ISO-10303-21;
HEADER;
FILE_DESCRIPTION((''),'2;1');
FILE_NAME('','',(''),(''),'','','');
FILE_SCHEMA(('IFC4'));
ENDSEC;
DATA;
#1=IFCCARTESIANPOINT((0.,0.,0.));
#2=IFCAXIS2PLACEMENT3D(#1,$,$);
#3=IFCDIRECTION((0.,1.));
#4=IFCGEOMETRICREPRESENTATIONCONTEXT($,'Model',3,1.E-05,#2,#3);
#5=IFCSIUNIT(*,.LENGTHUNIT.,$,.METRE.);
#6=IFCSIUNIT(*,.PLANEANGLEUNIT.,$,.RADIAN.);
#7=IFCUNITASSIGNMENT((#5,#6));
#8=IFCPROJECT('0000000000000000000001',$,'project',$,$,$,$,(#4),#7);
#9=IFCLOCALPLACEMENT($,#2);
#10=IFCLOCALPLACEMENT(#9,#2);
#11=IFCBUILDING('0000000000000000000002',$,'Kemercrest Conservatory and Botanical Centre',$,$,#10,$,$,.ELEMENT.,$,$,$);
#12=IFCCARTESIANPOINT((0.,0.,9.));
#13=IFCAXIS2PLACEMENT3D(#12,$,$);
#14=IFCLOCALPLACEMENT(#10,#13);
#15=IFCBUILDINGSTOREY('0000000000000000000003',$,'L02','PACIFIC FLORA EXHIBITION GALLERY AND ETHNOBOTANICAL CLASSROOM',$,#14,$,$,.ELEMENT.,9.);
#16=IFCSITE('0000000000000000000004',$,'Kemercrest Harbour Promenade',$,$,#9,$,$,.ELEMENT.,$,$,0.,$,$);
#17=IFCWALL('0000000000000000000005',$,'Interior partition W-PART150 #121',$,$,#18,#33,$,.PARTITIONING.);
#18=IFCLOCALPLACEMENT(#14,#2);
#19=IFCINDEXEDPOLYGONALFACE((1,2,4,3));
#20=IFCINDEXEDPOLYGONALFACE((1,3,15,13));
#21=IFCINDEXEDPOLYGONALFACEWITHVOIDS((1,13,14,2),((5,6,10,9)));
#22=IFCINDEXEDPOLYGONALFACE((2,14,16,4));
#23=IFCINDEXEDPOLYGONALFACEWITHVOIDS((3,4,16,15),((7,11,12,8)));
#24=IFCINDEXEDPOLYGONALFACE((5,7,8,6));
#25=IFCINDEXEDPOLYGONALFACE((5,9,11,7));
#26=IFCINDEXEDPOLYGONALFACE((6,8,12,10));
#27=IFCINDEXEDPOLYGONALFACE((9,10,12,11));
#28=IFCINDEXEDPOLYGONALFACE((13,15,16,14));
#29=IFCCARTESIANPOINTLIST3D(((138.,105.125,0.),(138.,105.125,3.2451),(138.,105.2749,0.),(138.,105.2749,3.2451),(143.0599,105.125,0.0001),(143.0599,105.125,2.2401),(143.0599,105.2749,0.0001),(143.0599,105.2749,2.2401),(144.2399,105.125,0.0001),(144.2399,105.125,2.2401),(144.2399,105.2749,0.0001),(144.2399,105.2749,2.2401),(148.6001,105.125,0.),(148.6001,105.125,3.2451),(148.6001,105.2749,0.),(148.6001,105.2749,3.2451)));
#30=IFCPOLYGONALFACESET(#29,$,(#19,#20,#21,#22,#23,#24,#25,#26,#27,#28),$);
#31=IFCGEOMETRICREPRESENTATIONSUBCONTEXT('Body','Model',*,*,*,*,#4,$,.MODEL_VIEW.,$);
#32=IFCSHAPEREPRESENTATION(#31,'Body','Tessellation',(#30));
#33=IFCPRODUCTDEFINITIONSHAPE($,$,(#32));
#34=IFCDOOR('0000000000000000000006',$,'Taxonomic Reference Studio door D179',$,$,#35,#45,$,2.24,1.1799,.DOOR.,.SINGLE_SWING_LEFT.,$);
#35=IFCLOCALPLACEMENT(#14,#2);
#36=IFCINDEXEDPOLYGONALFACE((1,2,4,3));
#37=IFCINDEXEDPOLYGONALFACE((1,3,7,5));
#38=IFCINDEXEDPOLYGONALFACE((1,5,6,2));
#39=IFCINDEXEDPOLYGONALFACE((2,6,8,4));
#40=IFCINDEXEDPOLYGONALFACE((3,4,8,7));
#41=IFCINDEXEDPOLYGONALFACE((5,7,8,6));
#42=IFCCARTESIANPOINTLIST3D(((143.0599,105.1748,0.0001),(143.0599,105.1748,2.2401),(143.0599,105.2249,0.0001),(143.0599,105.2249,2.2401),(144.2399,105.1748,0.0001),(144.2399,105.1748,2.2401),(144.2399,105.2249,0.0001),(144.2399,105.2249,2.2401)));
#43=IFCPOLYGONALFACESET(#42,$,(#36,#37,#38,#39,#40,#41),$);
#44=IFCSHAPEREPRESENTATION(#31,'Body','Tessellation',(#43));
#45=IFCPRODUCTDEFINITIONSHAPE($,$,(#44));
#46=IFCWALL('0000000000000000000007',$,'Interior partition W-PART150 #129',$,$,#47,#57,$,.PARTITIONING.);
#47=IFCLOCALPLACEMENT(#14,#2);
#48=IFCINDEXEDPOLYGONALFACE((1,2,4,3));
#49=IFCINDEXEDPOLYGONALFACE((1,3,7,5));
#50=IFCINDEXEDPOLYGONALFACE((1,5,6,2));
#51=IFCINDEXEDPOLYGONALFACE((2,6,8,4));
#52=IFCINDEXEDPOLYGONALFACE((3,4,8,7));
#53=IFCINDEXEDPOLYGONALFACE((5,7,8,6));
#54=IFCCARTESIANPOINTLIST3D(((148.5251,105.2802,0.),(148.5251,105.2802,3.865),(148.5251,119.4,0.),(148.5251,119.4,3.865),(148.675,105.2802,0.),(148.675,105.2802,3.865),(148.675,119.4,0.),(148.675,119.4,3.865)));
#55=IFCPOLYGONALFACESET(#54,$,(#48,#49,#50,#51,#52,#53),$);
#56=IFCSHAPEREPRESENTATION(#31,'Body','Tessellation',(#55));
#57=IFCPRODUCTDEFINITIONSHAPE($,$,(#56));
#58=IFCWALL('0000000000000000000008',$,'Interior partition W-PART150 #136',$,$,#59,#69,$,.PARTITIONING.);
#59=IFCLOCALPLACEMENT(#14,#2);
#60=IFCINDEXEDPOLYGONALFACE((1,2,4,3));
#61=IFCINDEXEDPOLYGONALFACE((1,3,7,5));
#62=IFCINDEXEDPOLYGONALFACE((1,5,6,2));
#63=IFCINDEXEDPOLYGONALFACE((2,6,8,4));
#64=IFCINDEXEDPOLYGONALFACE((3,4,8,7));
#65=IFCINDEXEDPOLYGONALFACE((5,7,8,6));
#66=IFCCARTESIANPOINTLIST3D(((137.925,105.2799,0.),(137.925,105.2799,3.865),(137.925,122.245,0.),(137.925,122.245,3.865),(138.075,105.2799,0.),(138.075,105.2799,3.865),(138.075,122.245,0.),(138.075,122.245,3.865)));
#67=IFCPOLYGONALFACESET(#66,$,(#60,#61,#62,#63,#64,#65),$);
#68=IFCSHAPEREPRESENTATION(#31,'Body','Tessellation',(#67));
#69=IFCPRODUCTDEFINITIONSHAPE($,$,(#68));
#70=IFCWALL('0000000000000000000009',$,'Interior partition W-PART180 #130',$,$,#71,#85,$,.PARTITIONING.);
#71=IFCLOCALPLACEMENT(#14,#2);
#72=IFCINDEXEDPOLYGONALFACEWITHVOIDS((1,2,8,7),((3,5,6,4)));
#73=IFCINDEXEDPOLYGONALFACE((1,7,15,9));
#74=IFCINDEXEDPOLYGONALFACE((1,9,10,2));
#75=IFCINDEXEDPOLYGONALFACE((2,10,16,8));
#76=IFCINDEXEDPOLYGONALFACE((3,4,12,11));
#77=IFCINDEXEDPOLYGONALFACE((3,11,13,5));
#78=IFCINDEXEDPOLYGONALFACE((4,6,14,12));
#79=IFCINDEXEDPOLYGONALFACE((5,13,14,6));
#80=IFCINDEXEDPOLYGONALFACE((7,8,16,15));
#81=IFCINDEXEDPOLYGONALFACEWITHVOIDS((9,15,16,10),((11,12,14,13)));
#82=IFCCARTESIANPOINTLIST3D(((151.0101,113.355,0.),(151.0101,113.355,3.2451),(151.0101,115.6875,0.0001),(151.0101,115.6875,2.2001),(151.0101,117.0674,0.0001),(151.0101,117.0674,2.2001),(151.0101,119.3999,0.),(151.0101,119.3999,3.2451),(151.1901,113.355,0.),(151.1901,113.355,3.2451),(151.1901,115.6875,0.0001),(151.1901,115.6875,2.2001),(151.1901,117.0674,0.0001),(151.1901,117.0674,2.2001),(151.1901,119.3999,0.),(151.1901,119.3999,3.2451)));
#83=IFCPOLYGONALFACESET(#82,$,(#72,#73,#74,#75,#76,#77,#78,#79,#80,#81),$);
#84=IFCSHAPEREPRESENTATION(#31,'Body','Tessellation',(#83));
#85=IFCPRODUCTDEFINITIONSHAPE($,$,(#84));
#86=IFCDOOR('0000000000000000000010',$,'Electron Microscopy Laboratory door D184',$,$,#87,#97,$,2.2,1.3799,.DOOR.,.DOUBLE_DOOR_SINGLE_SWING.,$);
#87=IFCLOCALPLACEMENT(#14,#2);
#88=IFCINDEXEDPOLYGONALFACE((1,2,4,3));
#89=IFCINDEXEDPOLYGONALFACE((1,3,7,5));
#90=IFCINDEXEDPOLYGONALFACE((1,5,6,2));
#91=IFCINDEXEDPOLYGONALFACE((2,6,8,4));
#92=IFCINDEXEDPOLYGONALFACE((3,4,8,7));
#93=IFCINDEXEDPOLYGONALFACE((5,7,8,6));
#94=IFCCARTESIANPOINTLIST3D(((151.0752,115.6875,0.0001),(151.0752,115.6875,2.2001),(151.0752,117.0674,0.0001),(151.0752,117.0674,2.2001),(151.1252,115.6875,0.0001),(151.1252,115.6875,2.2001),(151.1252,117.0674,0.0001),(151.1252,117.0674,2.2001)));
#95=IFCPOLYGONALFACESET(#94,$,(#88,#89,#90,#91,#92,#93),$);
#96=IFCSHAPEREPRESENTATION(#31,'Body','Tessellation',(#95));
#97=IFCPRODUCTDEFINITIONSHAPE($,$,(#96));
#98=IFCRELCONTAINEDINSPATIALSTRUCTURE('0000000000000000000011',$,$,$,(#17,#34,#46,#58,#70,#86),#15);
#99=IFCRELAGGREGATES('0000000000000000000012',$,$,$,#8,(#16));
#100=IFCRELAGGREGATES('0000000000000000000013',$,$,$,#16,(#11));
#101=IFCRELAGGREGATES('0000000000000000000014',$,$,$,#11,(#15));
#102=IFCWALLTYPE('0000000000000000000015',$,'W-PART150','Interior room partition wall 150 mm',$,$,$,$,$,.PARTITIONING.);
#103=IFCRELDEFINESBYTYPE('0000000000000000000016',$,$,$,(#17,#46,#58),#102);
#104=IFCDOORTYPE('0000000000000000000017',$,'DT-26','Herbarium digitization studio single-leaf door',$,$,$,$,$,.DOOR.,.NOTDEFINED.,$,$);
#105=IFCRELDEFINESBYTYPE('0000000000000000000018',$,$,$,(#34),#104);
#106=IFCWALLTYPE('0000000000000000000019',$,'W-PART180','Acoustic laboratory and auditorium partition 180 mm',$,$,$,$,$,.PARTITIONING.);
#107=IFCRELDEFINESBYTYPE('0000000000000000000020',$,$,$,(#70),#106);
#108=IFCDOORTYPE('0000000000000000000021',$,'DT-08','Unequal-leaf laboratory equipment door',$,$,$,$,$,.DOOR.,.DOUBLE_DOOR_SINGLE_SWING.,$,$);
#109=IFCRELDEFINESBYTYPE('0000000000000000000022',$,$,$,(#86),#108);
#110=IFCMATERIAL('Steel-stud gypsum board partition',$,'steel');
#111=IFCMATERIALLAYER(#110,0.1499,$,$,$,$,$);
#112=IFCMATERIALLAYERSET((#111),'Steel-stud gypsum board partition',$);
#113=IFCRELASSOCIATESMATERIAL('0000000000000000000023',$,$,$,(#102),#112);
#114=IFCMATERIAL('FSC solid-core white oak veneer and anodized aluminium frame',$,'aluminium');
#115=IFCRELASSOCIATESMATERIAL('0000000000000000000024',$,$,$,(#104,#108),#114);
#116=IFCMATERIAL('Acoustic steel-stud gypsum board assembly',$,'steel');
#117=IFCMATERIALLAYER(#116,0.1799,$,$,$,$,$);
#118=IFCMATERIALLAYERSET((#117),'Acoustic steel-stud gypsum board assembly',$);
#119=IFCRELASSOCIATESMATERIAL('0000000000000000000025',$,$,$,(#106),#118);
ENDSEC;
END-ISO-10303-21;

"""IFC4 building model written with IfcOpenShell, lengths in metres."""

from ifc_helpers import new_model, si_unit, direction, frame, frame_2d, origin, place, context, subcontext, project, spatial, rectangle, extrude, material, layer, layer_set, type_object, element, fill, save


model = new_model("IFC4")

# Units and contexts
model_context = context("Model", 3, precision=1e-05, world=origin(), true_north=direction((0.0, 1.0)))
body_context = subcontext(model_context, "Body", "Model", "MODEL_VIEW")
ifc_project = project(units=[si_unit("LENGTHUNIT", "METRE"), si_unit("PLANEANGLEUNIT", "RADIAN")], contexts=[model_context])

# Site, building, storey
site_placement = place(None, origin())
site = spatial("IfcSite", under=ifc_project, at=site_placement, Name="Kemercrest Harbour Promenade", CompositionType="ELEMENT", RefElevation=0.0)
building_placement = place(site_placement, origin())
building = spatial("IfcBuilding", under=site, at=building_placement, Name="Kemercrest Conservatory and Botanical Centre", CompositionType="ELEMENT")
storey_placement = place(building_placement, frame((0.0, 0.0, 9.0)))
storey = spatial("IfcBuildingStorey", under=building, at=storey_placement, Name="L02", Description="PACIFIC FLORA EXHIBITION GALLERY AND ETHNOBOTANICAL CLASSROOM", CompositionType="ELEMENT", Elevation=9.0)

# Wall, opening, door
ifc_material_1 = material(Name="Steel-stud gypsum board partition", Category="steel")
ifc_layer_1 = layer(ifc_material_1, 0.1499)
ifc_layer_set_1 = layer_set([ifc_layer_1], Name="Steel-stud gypsum board partition")
wall_type_1 = type_object("IfcWallType", Name="W-PART150", Description="Interior room partition wall 150 mm", PredefinedType="PARTITIONING", material=ifc_layer_set_1)
wall_1_placement = place(storey_placement, frame((138.0, 105.2, 0.0), z_axis=(0.0, 0.0, 1.0), x_axis=(1.0, 0.0, 0.0)))
wall_1 = element("IfcWall", 1, at=wall_1_placement, inside=storey, type_object=wall_type_1, Name="Interior partition W-PART150 #121", PredefinedType="PARTITIONING", context=body_context, shape_type="SweptSolid", body=[
    extrude(rectangle(XDim=10.6001, YDim=0.1499, at=frame_2d((5.3, 0.0))), origin(), (0.0, 0.0, 1.0), 3.2451),
])
opening_1_placement = place(wall_1_placement, frame((5.0601, 0.0, 0.0)))
opening_1 = element("IfcOpeningElement", 2, at=opening_1_placement, cuts=wall_1, PredefinedType="OPENING", context=body_context, shape_type="SweptSolid", body=[
    extrude(rectangle(XDim=1.1799, YDim=2.24, at=frame_2d((0.5898, 1.1201))), frame((0.0, 0.085, 0.0), z_axis=(0.0, -1.0, 0.0), x_axis=(1.0, 0.0, 0.0)), (0.0, 0.0, 1.0), 0.1699),
])
ifc_material_2 = material(Name="FSC solid-core white oak veneer and anodized aluminium frame", Category="aluminium")
door_type_1 = type_object("IfcDoorType", Name="DT-26", Description="Herbarium digitization studio single-leaf door", OperationType="NOTDEFINED", PredefinedType="DOOR", material=ifc_material_2)
door_1_placement = place(opening_1_placement, origin())
door_1 = element("IfcDoor", 3, at=door_1_placement, inside=storey, type_object=door_type_1, Name="Taxonomic Reference Studio door D179", OperationType="SINGLE_SWING_LEFT", OverallHeight=2.24, OverallWidth=1.1799, PredefinedType="DOOR", context=body_context, shape_type="SweptSolid", body=[
    extrude(rectangle(XDim=1.1799, YDim=2.24, at=frame_2d((0.5898, 1.1201))), frame((0.0, 0.0249, 0.0), z_axis=(0.0, -1.0, 0.0), x_axis=(1.0, 0.0, 0.0)), (0.0, 0.0, 1.0), 0.05),
])
fill(opening_1, door_1)

# Walls
wall_2_placement = place(storey_placement, frame((148.6001, 105.28, 0.0), z_axis=(0.0, 0.0, 1.0), x_axis=(0.0, 1.0, 0.0)))
element("IfcWall", 4, at=wall_2_placement, inside=storey, type_object=wall_type_1, Name="Interior partition W-PART150 #129", PredefinedType="PARTITIONING", context=body_context, shape_type="SweptSolid", body=[
    extrude(rectangle(XDim=14.1199, YDim=0.1499, at=frame_2d((7.0601, 0.0))), origin(), (0.0, 0.0, 1.0), 3.865),
])
wall_3_placement = place(storey_placement, frame((138.0, 105.28, 0.0), z_axis=(0.0, 0.0, 1.0), x_axis=(0.0, 1.0, 0.0)))
element("IfcWall", 5, at=wall_3_placement, inside=storey, type_object=wall_type_1, Name="Interior partition W-PART150 #136", PredefinedType="PARTITIONING", context=body_context, shape_type="SweptSolid", body=[
    extrude(rectangle(XDim=16.9651, YDim=0.1499, at=frame_2d((8.4824, 0.0))), origin(), (0.0, 0.0, 1.0), 3.865),
])

# Wall, opening, door
ifc_material_3 = material(Name="Acoustic steel-stud gypsum board assembly", Category="steel")
ifc_layer_2 = layer(ifc_material_3, 0.1799)
ifc_layer_set_2 = layer_set([ifc_layer_2], Name="Acoustic steel-stud gypsum board assembly")
wall_type_2 = type_object("IfcWallType", Name="W-PART180", Description="Acoustic laboratory and auditorium partition 180 mm", PredefinedType="PARTITIONING", material=ifc_layer_set_2)
wall_4_placement = place(storey_placement, frame((151.1001, 113.355, 0.0), z_axis=(0.0, 0.0, 1.0), x_axis=(0.0, 1.0, 0.0)))
wall_4 = element("IfcWall", 6, at=wall_4_placement, inside=storey, type_object=wall_type_2, Name="Interior partition W-PART180 #130", PredefinedType="PARTITIONING", context=body_context, shape_type="SweptSolid", body=[
    extrude(rectangle(XDim=6.0449, YDim=0.1799, at=frame_2d((3.0225, 0.0))), origin(), (0.0, 0.0, 1.0), 3.2451),
])
opening_2_placement = place(wall_4_placement, frame((2.3325, 0.0, 0.0)))
opening_2 = element("IfcOpeningElement", 7, at=opening_2_placement, cuts=wall_4, PredefinedType="OPENING", context=body_context, shape_type="SweptSolid", body=[
    extrude(rectangle(XDim=1.3799, YDim=2.2, at=frame_2d((0.6899, 1.1001))), frame((0.0, 0.1001, 0.0), z_axis=(0.0, -1.0, 0.0), x_axis=(1.0, 0.0, 0.0)), (0.0, 0.0, 1.0), 0.2),
])
door_type_2 = type_object("IfcDoorType", Name="DT-08", Description="Unequal-leaf laboratory equipment door", OperationType="DOUBLE_DOOR_SINGLE_SWING", PredefinedType="DOOR", material=ifc_material_2)
door_2_placement = place(opening_2_placement, origin())
door_2 = element("IfcDoor", 8, at=door_2_placement, inside=storey, type_object=door_type_2, Name="Electron Microscopy Laboratory door D184", OperationType="DOUBLE_DOOR_SINGLE_SWING", OverallHeight=2.2, OverallWidth=1.3799, PredefinedType="DOOR", context=body_context, shape_type="SweptSolid", body=[
    extrude(rectangle(XDim=1.3799, YDim=2.2, at=frame_2d((0.6899, 1.1001))), frame((0.0, 0.0249, 0.0), z_axis=(0.0, -1.0, 0.0), x_axis=(1.0, 0.0, 0.0)), (0.0, 0.0, 1.0), 0.05),
])
fill(opening_2, door_2)

save(model, "model.ifc")
